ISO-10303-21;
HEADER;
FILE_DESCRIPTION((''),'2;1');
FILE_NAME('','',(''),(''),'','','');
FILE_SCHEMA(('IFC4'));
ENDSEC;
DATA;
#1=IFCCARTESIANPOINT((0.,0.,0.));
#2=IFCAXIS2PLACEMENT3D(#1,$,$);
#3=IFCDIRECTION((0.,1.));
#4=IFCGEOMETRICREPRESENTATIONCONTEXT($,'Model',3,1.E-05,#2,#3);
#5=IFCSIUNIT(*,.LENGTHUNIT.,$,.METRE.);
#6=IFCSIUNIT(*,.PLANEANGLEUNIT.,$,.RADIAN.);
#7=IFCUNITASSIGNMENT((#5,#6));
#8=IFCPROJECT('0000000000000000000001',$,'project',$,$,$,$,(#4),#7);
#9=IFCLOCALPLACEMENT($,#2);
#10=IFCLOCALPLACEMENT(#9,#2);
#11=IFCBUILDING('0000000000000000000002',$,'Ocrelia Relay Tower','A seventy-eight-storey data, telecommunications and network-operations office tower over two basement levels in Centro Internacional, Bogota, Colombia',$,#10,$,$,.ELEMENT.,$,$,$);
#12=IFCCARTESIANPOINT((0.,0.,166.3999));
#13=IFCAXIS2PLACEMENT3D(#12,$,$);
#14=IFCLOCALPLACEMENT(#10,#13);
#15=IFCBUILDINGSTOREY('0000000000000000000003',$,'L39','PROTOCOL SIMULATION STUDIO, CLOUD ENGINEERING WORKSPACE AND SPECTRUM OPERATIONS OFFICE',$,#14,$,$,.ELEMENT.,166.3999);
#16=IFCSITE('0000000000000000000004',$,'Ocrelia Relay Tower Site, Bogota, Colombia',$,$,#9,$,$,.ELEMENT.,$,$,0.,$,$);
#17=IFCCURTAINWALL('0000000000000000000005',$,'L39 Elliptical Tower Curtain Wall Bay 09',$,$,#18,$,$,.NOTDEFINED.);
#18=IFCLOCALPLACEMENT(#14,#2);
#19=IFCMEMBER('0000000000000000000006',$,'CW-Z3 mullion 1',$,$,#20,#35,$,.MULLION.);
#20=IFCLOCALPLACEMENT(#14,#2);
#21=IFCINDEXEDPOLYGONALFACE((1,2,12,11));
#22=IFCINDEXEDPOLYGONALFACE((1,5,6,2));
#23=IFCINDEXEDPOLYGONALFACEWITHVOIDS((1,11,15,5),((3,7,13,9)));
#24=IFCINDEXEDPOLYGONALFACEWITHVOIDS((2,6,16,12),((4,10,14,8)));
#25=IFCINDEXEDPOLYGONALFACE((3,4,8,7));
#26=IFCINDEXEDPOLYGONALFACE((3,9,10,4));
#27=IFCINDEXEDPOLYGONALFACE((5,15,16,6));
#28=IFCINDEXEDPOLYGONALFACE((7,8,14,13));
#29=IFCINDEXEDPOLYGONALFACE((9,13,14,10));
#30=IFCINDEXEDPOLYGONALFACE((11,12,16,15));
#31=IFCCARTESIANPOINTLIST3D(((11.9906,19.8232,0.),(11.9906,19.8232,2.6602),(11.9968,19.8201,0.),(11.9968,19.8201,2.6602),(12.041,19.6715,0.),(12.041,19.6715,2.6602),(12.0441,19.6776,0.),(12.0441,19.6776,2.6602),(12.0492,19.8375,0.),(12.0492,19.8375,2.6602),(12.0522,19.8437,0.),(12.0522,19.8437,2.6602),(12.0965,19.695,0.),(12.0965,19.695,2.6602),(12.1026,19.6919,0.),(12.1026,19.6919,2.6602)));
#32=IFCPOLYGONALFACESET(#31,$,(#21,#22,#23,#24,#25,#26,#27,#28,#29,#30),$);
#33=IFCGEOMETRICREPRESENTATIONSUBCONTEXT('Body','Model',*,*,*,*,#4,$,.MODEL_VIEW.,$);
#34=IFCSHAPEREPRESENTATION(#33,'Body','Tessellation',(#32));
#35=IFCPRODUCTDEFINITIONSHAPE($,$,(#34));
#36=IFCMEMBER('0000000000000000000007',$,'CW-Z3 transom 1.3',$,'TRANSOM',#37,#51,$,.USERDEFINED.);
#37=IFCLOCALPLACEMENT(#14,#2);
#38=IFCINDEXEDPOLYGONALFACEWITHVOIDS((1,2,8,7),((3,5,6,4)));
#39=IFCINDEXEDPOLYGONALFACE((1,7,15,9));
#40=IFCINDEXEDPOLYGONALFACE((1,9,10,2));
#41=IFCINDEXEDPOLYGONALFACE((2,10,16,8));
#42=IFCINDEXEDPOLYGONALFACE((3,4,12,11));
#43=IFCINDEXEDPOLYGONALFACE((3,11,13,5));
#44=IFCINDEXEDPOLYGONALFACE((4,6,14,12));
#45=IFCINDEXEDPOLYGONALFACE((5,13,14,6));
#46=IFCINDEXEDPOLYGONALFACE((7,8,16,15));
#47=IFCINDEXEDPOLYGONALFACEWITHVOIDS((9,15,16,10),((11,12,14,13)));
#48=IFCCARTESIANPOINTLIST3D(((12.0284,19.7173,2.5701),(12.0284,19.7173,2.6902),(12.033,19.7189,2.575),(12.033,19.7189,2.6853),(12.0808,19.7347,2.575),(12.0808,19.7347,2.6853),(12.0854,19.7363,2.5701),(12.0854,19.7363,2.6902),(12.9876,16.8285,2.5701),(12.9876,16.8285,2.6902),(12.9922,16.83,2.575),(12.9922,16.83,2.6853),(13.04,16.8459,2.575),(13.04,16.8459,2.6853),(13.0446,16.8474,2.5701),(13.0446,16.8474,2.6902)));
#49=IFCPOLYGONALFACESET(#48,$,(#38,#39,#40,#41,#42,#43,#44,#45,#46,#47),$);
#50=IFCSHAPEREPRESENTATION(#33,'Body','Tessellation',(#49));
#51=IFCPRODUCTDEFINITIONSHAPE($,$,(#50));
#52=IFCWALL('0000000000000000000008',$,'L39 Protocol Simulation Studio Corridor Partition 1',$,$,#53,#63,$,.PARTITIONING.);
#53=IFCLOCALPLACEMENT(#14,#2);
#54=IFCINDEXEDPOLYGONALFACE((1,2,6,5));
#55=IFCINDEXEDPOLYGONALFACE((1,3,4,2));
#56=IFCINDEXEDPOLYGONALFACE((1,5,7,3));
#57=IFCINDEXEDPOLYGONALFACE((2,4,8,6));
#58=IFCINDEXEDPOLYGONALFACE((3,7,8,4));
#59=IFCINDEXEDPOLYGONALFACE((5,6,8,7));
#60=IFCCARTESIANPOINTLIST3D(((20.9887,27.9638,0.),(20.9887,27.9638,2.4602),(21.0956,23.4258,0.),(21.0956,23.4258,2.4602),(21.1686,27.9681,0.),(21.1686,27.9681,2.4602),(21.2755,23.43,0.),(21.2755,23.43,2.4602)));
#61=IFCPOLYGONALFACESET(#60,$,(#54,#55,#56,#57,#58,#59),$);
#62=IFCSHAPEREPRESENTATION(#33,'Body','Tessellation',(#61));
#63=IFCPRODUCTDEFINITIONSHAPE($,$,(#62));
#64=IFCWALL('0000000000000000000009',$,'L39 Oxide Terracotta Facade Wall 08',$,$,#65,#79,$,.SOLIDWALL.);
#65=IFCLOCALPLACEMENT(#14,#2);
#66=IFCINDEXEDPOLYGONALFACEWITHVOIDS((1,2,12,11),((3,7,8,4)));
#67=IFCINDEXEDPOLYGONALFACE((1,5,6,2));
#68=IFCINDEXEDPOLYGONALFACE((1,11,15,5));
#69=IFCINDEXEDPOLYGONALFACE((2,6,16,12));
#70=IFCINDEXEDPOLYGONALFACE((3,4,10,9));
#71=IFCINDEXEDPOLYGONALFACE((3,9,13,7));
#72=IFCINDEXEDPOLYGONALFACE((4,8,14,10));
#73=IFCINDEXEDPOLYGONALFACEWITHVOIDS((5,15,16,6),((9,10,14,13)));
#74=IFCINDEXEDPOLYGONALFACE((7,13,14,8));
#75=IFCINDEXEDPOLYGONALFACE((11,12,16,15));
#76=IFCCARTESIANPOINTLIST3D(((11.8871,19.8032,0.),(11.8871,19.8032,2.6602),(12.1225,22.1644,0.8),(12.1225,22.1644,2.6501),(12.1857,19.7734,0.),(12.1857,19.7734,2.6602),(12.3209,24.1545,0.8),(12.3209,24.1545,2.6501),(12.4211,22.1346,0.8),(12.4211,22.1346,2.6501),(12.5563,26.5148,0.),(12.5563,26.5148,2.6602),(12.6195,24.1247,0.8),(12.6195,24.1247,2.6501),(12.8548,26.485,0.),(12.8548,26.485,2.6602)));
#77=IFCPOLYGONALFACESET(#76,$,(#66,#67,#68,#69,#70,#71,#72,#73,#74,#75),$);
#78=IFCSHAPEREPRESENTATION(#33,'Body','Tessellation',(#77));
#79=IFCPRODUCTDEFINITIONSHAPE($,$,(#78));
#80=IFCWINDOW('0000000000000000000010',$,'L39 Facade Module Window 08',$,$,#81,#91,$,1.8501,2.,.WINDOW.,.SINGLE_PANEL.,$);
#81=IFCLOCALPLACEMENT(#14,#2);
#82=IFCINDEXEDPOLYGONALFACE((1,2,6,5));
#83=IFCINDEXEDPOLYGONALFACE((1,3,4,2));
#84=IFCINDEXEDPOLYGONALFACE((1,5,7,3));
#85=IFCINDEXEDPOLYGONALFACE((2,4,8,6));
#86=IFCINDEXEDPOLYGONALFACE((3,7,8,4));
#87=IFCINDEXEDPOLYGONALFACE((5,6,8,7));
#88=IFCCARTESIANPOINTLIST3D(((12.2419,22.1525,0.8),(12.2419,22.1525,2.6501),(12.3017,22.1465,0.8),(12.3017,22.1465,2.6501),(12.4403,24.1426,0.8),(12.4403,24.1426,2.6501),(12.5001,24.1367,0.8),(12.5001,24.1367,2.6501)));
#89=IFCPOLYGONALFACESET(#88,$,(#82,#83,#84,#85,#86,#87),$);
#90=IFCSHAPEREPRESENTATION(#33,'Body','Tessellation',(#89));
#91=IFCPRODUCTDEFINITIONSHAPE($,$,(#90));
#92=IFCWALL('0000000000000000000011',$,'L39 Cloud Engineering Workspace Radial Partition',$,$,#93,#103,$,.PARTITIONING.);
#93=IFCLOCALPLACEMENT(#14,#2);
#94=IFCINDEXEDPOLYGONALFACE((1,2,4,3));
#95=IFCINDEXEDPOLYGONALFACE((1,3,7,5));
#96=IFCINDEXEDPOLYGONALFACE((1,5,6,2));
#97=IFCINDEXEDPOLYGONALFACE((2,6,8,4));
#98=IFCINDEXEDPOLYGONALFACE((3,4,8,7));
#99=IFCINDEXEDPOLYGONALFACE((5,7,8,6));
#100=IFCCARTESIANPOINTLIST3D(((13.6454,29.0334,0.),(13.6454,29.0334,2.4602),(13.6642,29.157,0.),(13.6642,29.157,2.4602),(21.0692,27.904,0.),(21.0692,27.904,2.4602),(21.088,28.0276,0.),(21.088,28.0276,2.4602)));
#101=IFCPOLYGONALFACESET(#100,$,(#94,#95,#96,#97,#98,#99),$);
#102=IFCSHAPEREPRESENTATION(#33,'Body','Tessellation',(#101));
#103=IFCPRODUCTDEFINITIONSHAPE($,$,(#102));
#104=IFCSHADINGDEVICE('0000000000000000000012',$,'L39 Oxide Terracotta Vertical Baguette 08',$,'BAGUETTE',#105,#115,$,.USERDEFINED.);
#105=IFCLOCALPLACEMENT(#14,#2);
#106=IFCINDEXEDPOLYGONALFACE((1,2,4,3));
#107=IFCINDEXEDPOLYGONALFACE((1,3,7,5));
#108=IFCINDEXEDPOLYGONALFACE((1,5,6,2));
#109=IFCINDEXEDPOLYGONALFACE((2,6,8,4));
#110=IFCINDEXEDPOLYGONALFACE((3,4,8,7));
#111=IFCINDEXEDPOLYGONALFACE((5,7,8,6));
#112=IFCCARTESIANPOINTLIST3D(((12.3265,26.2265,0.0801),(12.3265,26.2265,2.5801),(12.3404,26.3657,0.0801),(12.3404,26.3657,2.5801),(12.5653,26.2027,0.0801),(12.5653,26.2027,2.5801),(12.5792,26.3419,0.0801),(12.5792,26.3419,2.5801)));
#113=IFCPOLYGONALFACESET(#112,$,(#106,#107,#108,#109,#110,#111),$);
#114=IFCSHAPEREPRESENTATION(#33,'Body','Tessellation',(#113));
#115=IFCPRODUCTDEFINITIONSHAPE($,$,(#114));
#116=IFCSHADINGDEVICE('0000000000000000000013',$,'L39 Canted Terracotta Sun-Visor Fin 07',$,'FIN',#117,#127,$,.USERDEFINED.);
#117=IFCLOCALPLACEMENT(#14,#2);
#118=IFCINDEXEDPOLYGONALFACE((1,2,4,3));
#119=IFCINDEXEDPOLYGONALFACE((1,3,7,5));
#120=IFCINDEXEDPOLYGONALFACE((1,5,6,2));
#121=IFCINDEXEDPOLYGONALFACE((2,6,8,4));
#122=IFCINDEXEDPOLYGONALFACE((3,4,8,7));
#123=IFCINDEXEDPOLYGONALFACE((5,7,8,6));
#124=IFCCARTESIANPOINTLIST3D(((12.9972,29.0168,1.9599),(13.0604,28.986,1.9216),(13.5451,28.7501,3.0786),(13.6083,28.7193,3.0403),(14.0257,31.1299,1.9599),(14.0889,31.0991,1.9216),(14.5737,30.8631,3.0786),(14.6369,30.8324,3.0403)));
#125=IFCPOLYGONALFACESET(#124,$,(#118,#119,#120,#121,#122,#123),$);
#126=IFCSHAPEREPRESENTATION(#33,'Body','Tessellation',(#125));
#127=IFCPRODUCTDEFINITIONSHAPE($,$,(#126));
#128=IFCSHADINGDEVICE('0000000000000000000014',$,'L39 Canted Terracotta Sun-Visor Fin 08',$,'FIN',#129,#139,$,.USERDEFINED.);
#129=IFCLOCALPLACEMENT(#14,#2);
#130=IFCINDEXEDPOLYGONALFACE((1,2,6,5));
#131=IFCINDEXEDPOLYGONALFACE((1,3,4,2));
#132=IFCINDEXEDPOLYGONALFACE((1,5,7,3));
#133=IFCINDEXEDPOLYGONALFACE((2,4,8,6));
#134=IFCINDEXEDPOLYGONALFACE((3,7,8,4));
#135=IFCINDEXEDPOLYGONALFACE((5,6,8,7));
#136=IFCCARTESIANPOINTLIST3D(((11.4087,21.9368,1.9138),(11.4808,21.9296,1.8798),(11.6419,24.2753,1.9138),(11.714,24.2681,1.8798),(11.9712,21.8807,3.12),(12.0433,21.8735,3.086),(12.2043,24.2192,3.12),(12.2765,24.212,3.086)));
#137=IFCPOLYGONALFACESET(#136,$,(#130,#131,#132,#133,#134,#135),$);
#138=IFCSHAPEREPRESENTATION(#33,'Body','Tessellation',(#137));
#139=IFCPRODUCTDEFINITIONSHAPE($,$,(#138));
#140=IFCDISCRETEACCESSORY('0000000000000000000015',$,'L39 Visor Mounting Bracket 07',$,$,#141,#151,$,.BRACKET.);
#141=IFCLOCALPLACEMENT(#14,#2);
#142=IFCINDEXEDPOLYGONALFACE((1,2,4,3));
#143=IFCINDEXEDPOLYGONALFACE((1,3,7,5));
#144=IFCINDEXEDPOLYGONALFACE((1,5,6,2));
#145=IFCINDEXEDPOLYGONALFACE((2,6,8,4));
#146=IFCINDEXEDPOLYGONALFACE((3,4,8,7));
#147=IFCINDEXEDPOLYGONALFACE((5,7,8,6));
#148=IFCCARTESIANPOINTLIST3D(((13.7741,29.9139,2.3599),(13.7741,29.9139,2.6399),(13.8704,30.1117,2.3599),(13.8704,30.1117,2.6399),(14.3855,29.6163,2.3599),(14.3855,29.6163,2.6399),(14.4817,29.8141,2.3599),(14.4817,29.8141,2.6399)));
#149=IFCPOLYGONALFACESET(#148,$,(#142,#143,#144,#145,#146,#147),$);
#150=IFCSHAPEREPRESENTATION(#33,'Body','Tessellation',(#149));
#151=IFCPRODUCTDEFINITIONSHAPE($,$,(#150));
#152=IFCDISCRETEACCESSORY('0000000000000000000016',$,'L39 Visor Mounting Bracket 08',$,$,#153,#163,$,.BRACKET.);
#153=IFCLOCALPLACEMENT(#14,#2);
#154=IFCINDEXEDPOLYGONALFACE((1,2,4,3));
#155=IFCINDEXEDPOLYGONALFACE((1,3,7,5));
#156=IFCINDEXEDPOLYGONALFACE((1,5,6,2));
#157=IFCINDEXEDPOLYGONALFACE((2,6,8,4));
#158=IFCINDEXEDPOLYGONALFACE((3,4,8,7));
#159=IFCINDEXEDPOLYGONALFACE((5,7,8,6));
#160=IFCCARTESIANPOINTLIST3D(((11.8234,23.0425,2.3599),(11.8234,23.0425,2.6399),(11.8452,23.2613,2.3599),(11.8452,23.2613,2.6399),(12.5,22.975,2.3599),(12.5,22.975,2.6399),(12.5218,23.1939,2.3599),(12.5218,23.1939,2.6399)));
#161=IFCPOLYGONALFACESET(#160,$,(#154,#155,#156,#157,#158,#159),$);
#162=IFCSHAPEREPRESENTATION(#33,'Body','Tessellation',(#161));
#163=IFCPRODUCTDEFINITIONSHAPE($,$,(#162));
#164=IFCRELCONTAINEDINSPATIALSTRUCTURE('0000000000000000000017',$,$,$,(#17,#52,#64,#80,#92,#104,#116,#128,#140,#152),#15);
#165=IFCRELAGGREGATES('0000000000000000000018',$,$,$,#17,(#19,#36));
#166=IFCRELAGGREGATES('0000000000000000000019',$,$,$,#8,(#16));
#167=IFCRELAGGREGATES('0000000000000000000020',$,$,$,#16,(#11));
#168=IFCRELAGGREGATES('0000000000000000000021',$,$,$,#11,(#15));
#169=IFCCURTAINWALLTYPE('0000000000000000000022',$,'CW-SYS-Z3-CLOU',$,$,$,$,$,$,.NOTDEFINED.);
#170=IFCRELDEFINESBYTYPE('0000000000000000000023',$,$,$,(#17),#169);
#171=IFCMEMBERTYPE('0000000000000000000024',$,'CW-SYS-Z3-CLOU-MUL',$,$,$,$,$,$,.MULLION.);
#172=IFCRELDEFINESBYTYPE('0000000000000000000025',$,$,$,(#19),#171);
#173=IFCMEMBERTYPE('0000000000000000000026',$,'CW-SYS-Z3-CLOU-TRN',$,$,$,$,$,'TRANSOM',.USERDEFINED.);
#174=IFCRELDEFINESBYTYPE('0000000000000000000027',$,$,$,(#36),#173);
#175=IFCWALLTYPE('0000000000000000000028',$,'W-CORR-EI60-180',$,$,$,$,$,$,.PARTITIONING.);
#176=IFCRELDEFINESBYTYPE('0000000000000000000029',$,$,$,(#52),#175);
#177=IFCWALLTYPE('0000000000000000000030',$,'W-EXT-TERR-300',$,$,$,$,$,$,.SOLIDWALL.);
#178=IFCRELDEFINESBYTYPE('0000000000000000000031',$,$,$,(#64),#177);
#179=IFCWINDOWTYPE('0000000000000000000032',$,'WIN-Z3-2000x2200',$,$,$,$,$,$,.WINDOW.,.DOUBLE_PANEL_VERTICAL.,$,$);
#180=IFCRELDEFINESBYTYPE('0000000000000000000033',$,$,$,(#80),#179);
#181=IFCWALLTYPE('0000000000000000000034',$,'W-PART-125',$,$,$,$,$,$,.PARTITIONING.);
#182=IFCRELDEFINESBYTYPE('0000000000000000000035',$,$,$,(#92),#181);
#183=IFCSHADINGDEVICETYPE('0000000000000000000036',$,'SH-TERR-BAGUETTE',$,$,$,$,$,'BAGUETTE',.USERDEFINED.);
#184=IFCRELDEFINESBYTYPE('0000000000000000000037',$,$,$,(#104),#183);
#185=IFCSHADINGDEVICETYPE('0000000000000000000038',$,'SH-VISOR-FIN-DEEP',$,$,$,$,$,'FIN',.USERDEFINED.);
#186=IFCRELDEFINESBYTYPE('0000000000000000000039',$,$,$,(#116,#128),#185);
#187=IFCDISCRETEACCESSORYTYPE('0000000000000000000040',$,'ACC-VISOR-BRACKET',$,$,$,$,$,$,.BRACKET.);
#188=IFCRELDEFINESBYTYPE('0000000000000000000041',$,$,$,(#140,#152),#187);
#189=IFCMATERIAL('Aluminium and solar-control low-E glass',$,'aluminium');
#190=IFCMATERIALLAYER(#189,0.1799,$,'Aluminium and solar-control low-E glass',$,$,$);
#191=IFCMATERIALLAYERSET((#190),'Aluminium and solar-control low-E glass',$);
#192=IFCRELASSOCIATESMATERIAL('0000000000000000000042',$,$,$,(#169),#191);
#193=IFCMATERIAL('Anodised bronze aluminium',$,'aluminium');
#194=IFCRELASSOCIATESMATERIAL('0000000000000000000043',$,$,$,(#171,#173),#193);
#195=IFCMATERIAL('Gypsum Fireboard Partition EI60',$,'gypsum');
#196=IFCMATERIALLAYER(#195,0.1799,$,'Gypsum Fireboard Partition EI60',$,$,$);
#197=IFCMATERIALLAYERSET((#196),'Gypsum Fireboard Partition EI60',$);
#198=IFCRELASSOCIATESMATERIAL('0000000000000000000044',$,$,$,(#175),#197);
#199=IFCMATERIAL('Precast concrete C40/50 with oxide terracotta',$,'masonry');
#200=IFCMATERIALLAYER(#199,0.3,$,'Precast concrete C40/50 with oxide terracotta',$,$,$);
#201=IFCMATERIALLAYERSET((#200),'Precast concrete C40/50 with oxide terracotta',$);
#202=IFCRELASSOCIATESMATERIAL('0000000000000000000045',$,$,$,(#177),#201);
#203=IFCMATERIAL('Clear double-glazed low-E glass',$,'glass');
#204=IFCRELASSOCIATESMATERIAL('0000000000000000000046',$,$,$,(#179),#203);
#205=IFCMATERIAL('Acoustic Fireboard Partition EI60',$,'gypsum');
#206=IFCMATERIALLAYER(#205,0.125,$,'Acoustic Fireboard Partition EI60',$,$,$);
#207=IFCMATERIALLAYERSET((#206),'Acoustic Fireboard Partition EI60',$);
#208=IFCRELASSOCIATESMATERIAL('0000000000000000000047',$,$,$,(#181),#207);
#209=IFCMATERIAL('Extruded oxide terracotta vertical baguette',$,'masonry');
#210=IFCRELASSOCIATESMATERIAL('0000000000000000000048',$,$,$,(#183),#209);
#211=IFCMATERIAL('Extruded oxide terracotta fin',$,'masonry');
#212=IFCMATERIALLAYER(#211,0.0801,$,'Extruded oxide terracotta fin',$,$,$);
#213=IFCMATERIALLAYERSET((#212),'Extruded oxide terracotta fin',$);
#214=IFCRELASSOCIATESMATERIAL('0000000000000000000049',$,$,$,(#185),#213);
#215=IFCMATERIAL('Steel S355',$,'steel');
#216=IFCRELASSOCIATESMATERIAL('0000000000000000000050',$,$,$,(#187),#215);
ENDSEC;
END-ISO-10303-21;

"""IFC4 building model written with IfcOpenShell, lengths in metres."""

from ifc_helpers import new_model, si_unit, direction, frame, frame_2d, origin, origin_2d, place, context, subcontext, project, spatial, rectangle, hollow_rectangle, extrude, material, layer, layer_set, material_profile, profile_set, type_object, element, fill, aggregate, save


model = new_model("IFC4")

# Units and contexts
model_context = context("Model", 3, precision=1e-05, world=origin(), true_north=direction((0.0, 1.0)))
body_context = subcontext(model_context, "Body", "Model", "MODEL_VIEW")
ifc_project = project(units=[si_unit("LENGTHUNIT", "METRE"), si_unit("PLANEANGLEUNIT", "RADIAN")], contexts=[model_context])

# Site, building, storey
site_placement = place(None, origin())
site = spatial("IfcSite", under=ifc_project, at=site_placement, Name="Ocrelia Relay Tower Site, Bogota, Colombia", CompositionType="ELEMENT", RefElevation=0.0)
building_placement = place(site_placement, origin())
building = spatial("IfcBuilding", under=site, at=building_placement, Name="Ocrelia Relay Tower", Description="A seventy-eight-storey data, telecommunications and network-operations office tower over two basement levels in Centro Internacional, Bogota, Colombia", CompositionType="ELEMENT")
storey_placement = place(building_placement, frame((0.0, 0.0, 166.3999)))
storey = spatial("IfcBuildingStorey", under=building, at=storey_placement, Name="L39", Description="PROTOCOL SIMULATION STUDIO, CLOUD ENGINEERING WORKSPACE AND SPECTRUM OPERATIONS OFFICE", CompositionType="ELEMENT", Elevation=166.3999)

# Shared definitions
ifc_material_1 = material(Name="Steel S355", Category="steel")

# Curtain wall, members
ifc_material_2 = material(Name="Aluminium and solar-control low-E glass", Category="aluminium")
ifc_layer_1 = layer(ifc_material_2, 0.1799, Name="Aluminium and solar-control low-E glass")
ifc_layer_set_1 = layer_set([ifc_layer_1], Name="Aluminium and solar-control low-E glass")
curtain_wall_type = type_object("IfcCurtainWallType", Name="CW-SYS-Z3-CLOU", PredefinedType="NOTDEFINED", material=ifc_layer_set_1)
curtain_wall_placement = place(storey_placement, origin())
curtain_wall = element("IfcCurtainWall", 1, at=curtain_wall_placement, inside=storey, type_object=curtain_wall_type, Name="L39 Elliptical Tower Curtain Wall Bay 09", PredefinedType="NOTDEFINED")
ifc_material_3 = material(Name="Anodised bronze aluminium", Category="aluminium")
ifc_material_profile_1 = material_profile(ifc_material_3, hollow_rectangle(XDim=0.0649, YDim=0.1599, WallThickness=0.0049, at=origin_2d()), Name="CW-MUL-160x65")
ifc_profile_set_1 = profile_set([ifc_material_profile_1], Name="Anodised bronze aluminium")
member_type_1 = type_object("IfcMemberType", Name="CW-SYS-Z3-CLOU-MUL", PredefinedType="MULLION", material=ifc_profile_set_1)
member_1_placement = place(storey_placement, frame((12.0466, 19.7576, 0.0), z_axis=(0.0, 0.0, 1.0), x_axis=(0.949042, 0.315148, 0.0)))
member_1 = element("IfcMember", 2, at=member_1_placement, type_object=member_type_1, Name="CW-Z3 mullion 1", PredefinedType="MULLION", context=body_context, shape_type="SweptSolid", body=[
    extrude(hollow_rectangle(XDim=0.0649, YDim=0.1599, WallThickness=0.0049, at=origin_2d()), origin(), (0.0, 0.0, 1.0), 2.6602),
])
ifc_material_profile_2 = material_profile(ifc_material_3, hollow_rectangle(XDim=0.0601, YDim=0.1201, WallThickness=0.0049, at=origin_2d()), Name="CW-TRN-120x60")
ifc_profile_set_2 = profile_set([ifc_material_profile_2], Name="Anodised bronze aluminium")
member_type_2 = type_object("IfcMemberType", Name="CW-SYS-Z3-CLOU-TRN", ElementType="TRANSOM", PredefinedType="USERDEFINED", material=ifc_profile_set_2)
member_2_placement = place(storey_placement, frame((12.0569, 19.7268, 2.6301), z_axis=(0.315121, -0.949052, 0.0), x_axis=(0.949052, 0.315121, 0.0)))
member_2 = element("IfcMember", 3, at=member_2_placement, type_object=member_type_2, Name="CW-Z3 transom 1.3", ObjectType="TRANSOM", PredefinedType="USERDEFINED", context=body_context, shape_type="SweptSolid", body=[
    extrude(hollow_rectangle(XDim=0.0601, YDim=0.1201, WallThickness=0.0049, at=origin_2d()), origin(), (0.0, 0.0, 1.0), 3.0439),
])
aggregate(curtain_wall, [member_1, member_2])

# Wall
ifc_material_4 = material(Name="Gypsum Fireboard Partition EI60", Category="gypsum")
ifc_layer_2 = layer(ifc_material_4, 0.1799, Name="Gypsum Fireboard Partition EI60")
ifc_layer_set_2 = layer_set([ifc_layer_2], Name="Gypsum Fireboard Partition EI60")
wall_type_1 = type_object("IfcWallType", Name="W-CORR-EI60-180", PredefinedType="PARTITIONING", material=ifc_layer_set_2)
wall_1_placement = place(storey_placement, frame((21.0786, 27.9658, 0.0), z_axis=(0.0, 0.0, 1.0), x_axis=(0.023557, -0.999722, 0.0)))
element("IfcWall", 4, at=wall_1_placement, inside=storey, type_object=wall_type_1, Name="L39 Protocol Simulation Studio Corridor Partition 1", PredefinedType="PARTITIONING", context=body_context, shape_type="SweptSolid", body=[
    extrude(rectangle(XDim=4.5393, YDim=0.1799, at=frame_2d((2.2695, 0.0))), origin(), (0.0, 0.0, 1.0), 2.4602),
])

# Wall, opening, window
ifc_material_5 = material(Name="Precast concrete C40/50 with oxide terracotta", Category="masonry")
ifc_layer_3 = layer(ifc_material_5, 0.3, Name="Precast concrete C40/50 with oxide terracotta")
ifc_layer_set_3 = layer_set([ifc_layer_3], Name="Precast concrete C40/50 with oxide terracotta")
wall_type_2 = type_object("IfcWallType", Name="W-EXT-TERR-300", PredefinedType="SOLIDWALL", material=ifc_layer_set_3)
wall_2_placement = place(storey_placement, frame((12.7056, 26.5, 0.0), z_axis=(0.0, 0.0, 1.0), x_axis=(-0.099213, -0.995066, 0.0)))
wall_2 = element("IfcWall", 5, at=wall_2_placement, inside=storey, type_object=wall_type_2, Name="L39 Oxide Terracotta Facade Wall 08", PredefinedType="SOLIDWALL", context=body_context, shape_type="SweptSolid", body=[
    extrude(rectangle(XDim=6.7449, YDim=0.3, at=frame_2d((3.3726, 0.0))), origin(), (0.0, 0.0, 1.0), 2.6602),
])
opening_placement = place(wall_2_placement, frame((2.3721, 0.0, 0.8)))
opening = element("IfcOpeningElement", 6, at=opening_placement, cuts=wall_2, PredefinedType="OPENING", context=body_context, shape_type="SweptSolid", body=[
    extrude(rectangle(XDim=2.0, YDim=1.8501, at=frame_2d((1.0, 0.925))), frame((0.0, 0.1602, 0.0), z_axis=(0.0, -1.0, 0.0), x_axis=(1.0, 0.0, 0.0)), (0.0, 0.0, 1.0), 0.3201),
])
ifc_material_6 = material(Name="Clear double-glazed low-E glass", Category="glass")
window_type = type_object("IfcWindowType", Name="WIN-Z3-2000x2200", PartitioningType="DOUBLE_PANEL_VERTICAL", PredefinedType="WINDOW", material=ifc_material_6)
window_placement = place(opening_placement, origin())
window = element("IfcWindow", 7, at=window_placement, inside=storey, type_object=window_type, Name="L39 Facade Module Window 08", OverallHeight=1.8501, OverallWidth=2.0, PartitioningType="SINGLE_PANEL", PredefinedType="WINDOW", context=body_context, shape_type="SweptSolid", body=[
    extrude(rectangle(XDim=2.0, YDim=1.8501, at=frame_2d((1.0, 0.925))), frame((0.0, 0.03, 0.0), z_axis=(0.0, -1.0, 0.0), x_axis=(1.0, 0.0, 0.0)), (0.0, 0.0, 1.0), 0.0601),
])
fill(opening, window)

# Wall
ifc_material_7 = material(Name="Acoustic Fireboard Partition EI60", Category="gypsum")
ifc_layer_4 = layer(ifc_material_7, 0.125, Name="Acoustic Fireboard Partition EI60")
ifc_layer_set_4 = layer_set([ifc_layer_4], Name="Acoustic Fireboard Partition EI60")
wall_type_3 = type_object("IfcWallType", Name="W-PART-125", PredefinedType="PARTITIONING", material=ifc_layer_set_4)
wall_3_placement = place(storey_placement, frame((21.0786, 27.9658, 0.0), z_axis=(0.0, 0.0, 1.0), x_axis=(-0.988625, 0.150401, 0.0)))
element("IfcWall", 8, at=wall_3_placement, inside=storey, type_object=wall_type_3, Name="L39 Cloud Engineering Workspace Radial Partition", PredefinedType="PARTITIONING", context=body_context, shape_type="SweptSolid", body=[
    extrude(rectangle(XDim=7.5093, YDim=0.125, at=frame_2d((3.7546, 0.0))), origin(), (0.0, 0.0, 1.0), 2.4602),
])

# Shading devices
ifc_material_8 = material(Name="Extruded oxide terracotta vertical baguette", Category="masonry")
shading_device_type_1 = type_object("IfcShadingDeviceType", Name="SH-TERR-BAGUETTE", ElementType="BAGUETTE", PredefinedType="USERDEFINED", material=ifc_material_8)
shading_device_1_placement = place(storey_placement, frame((12.4529, 26.2842, 0.0801), z_axis=(0.0, 0.0, 1.0), x_axis=(-0.099215, -0.995066, 0.0)))
element("IfcShadingDevice", 9, at=shading_device_1_placement, inside=storey, type_object=shading_device_type_1, Name="L39 Oxide Terracotta Vertical Baguette 08", ObjectType="BAGUETTE", PredefinedType="USERDEFINED", context=body_context, shape_type="SweptSolid", body=[
    extrude(rectangle(XDim=0.1399, YDim=0.24, at=origin_2d()), origin(), (0.0, 0.0, 1.0), 2.5),
])
ifc_material_9 = material(Name="Extruded oxide terracotta fin", Category="masonry")
ifc_layer_5 = layer(ifc_material_9, 0.0801, Name="Extruded oxide terracotta fin")
ifc_layer_set_5 = layer_set([ifc_layer_5], Name="Extruded oxide terracotta fin")
shading_device_type_2 = type_object("IfcShadingDeviceType", Name="SH-VISOR-FIN-DEEP", ElementType="FIN", PredefinedType="USERDEFINED", material=ifc_layer_set_5)
shading_device_2_placement = place(storey_placement, frame((13.8486, 29.9092, 2.481), z_axis=(-0.789582, 0.384327, 0.478385), x_axis=(-0.437655, -0.899143, 0.0)))
element("IfcShadingDevice", 10, at=shading_device_2_placement, inside=storey, type_object=shading_device_type_2, Name="L39 Canted Terracotta Sun-Visor Fin 07", ObjectType="FIN", PredefinedType="USERDEFINED", context=body_context, shape_type="SweptSolid", body=[
    extrude(rectangle(XDim=2.3501, YDim=1.2739, at=origin_2d()), origin(), (0.0, 0.0, 1.0), 0.0801),
])
shading_device_3_placement = place(storey_placement, frame((11.8787, 23.0708, 2.4829), z_axis=(-0.901027, 0.089838, 0.424357), x_axis=(-0.099215, -0.995066, 0.0)))
element("IfcShadingDevice", 11, at=shading_device_3_placement, inside=storey, type_object=shading_device_type_2, Name="L39 Canted Terracotta Sun-Visor Fin 08", ObjectType="FIN", PredefinedType="USERDEFINED", context=body_context, shape_type="SweptSolid", body=[
    extrude(rectangle(XDim=2.3501, YDim=1.332, at=origin_2d()), origin(), (0.0, 0.0, 1.0), 0.0801),
])

# Discrete accessories
discrete_accessory_type = type_object("IfcDiscreteAccessoryType", Name="ACC-VISOR-BRACKET", PredefinedType="BRACKET", material=ifc_material_1)
for number, where, z_axis, x_axis, name in (
    (12, (14.1279, 29.864, 2.3599), (0.0, 0.0, 1.0), (-0.437655, -0.899143, 0.0), "L39 Visor Mounting Bracket 07"),
    (13, (12.1726, 23.1182, 2.3599), (0.0, 0.0, 1.0), (-0.099215, -0.995066, 0.0), "L39 Visor Mounting Bracket 08"),
):
    element("IfcDiscreteAccessory", number, at=place(storey_placement, frame(where, z_axis=z_axis, x_axis=x_axis)), inside=storey, type_object=discrete_accessory_type, Name=name, PredefinedType="BRACKET", context=body_context, shape_type="SweptSolid", body=[
        extrude(rectangle(XDim=0.22, YDim=0.6799, at=origin_2d()), origin(), (0.0, 0.0, 1.0), 0.28),
    ])

save(model, "model.ifc")
